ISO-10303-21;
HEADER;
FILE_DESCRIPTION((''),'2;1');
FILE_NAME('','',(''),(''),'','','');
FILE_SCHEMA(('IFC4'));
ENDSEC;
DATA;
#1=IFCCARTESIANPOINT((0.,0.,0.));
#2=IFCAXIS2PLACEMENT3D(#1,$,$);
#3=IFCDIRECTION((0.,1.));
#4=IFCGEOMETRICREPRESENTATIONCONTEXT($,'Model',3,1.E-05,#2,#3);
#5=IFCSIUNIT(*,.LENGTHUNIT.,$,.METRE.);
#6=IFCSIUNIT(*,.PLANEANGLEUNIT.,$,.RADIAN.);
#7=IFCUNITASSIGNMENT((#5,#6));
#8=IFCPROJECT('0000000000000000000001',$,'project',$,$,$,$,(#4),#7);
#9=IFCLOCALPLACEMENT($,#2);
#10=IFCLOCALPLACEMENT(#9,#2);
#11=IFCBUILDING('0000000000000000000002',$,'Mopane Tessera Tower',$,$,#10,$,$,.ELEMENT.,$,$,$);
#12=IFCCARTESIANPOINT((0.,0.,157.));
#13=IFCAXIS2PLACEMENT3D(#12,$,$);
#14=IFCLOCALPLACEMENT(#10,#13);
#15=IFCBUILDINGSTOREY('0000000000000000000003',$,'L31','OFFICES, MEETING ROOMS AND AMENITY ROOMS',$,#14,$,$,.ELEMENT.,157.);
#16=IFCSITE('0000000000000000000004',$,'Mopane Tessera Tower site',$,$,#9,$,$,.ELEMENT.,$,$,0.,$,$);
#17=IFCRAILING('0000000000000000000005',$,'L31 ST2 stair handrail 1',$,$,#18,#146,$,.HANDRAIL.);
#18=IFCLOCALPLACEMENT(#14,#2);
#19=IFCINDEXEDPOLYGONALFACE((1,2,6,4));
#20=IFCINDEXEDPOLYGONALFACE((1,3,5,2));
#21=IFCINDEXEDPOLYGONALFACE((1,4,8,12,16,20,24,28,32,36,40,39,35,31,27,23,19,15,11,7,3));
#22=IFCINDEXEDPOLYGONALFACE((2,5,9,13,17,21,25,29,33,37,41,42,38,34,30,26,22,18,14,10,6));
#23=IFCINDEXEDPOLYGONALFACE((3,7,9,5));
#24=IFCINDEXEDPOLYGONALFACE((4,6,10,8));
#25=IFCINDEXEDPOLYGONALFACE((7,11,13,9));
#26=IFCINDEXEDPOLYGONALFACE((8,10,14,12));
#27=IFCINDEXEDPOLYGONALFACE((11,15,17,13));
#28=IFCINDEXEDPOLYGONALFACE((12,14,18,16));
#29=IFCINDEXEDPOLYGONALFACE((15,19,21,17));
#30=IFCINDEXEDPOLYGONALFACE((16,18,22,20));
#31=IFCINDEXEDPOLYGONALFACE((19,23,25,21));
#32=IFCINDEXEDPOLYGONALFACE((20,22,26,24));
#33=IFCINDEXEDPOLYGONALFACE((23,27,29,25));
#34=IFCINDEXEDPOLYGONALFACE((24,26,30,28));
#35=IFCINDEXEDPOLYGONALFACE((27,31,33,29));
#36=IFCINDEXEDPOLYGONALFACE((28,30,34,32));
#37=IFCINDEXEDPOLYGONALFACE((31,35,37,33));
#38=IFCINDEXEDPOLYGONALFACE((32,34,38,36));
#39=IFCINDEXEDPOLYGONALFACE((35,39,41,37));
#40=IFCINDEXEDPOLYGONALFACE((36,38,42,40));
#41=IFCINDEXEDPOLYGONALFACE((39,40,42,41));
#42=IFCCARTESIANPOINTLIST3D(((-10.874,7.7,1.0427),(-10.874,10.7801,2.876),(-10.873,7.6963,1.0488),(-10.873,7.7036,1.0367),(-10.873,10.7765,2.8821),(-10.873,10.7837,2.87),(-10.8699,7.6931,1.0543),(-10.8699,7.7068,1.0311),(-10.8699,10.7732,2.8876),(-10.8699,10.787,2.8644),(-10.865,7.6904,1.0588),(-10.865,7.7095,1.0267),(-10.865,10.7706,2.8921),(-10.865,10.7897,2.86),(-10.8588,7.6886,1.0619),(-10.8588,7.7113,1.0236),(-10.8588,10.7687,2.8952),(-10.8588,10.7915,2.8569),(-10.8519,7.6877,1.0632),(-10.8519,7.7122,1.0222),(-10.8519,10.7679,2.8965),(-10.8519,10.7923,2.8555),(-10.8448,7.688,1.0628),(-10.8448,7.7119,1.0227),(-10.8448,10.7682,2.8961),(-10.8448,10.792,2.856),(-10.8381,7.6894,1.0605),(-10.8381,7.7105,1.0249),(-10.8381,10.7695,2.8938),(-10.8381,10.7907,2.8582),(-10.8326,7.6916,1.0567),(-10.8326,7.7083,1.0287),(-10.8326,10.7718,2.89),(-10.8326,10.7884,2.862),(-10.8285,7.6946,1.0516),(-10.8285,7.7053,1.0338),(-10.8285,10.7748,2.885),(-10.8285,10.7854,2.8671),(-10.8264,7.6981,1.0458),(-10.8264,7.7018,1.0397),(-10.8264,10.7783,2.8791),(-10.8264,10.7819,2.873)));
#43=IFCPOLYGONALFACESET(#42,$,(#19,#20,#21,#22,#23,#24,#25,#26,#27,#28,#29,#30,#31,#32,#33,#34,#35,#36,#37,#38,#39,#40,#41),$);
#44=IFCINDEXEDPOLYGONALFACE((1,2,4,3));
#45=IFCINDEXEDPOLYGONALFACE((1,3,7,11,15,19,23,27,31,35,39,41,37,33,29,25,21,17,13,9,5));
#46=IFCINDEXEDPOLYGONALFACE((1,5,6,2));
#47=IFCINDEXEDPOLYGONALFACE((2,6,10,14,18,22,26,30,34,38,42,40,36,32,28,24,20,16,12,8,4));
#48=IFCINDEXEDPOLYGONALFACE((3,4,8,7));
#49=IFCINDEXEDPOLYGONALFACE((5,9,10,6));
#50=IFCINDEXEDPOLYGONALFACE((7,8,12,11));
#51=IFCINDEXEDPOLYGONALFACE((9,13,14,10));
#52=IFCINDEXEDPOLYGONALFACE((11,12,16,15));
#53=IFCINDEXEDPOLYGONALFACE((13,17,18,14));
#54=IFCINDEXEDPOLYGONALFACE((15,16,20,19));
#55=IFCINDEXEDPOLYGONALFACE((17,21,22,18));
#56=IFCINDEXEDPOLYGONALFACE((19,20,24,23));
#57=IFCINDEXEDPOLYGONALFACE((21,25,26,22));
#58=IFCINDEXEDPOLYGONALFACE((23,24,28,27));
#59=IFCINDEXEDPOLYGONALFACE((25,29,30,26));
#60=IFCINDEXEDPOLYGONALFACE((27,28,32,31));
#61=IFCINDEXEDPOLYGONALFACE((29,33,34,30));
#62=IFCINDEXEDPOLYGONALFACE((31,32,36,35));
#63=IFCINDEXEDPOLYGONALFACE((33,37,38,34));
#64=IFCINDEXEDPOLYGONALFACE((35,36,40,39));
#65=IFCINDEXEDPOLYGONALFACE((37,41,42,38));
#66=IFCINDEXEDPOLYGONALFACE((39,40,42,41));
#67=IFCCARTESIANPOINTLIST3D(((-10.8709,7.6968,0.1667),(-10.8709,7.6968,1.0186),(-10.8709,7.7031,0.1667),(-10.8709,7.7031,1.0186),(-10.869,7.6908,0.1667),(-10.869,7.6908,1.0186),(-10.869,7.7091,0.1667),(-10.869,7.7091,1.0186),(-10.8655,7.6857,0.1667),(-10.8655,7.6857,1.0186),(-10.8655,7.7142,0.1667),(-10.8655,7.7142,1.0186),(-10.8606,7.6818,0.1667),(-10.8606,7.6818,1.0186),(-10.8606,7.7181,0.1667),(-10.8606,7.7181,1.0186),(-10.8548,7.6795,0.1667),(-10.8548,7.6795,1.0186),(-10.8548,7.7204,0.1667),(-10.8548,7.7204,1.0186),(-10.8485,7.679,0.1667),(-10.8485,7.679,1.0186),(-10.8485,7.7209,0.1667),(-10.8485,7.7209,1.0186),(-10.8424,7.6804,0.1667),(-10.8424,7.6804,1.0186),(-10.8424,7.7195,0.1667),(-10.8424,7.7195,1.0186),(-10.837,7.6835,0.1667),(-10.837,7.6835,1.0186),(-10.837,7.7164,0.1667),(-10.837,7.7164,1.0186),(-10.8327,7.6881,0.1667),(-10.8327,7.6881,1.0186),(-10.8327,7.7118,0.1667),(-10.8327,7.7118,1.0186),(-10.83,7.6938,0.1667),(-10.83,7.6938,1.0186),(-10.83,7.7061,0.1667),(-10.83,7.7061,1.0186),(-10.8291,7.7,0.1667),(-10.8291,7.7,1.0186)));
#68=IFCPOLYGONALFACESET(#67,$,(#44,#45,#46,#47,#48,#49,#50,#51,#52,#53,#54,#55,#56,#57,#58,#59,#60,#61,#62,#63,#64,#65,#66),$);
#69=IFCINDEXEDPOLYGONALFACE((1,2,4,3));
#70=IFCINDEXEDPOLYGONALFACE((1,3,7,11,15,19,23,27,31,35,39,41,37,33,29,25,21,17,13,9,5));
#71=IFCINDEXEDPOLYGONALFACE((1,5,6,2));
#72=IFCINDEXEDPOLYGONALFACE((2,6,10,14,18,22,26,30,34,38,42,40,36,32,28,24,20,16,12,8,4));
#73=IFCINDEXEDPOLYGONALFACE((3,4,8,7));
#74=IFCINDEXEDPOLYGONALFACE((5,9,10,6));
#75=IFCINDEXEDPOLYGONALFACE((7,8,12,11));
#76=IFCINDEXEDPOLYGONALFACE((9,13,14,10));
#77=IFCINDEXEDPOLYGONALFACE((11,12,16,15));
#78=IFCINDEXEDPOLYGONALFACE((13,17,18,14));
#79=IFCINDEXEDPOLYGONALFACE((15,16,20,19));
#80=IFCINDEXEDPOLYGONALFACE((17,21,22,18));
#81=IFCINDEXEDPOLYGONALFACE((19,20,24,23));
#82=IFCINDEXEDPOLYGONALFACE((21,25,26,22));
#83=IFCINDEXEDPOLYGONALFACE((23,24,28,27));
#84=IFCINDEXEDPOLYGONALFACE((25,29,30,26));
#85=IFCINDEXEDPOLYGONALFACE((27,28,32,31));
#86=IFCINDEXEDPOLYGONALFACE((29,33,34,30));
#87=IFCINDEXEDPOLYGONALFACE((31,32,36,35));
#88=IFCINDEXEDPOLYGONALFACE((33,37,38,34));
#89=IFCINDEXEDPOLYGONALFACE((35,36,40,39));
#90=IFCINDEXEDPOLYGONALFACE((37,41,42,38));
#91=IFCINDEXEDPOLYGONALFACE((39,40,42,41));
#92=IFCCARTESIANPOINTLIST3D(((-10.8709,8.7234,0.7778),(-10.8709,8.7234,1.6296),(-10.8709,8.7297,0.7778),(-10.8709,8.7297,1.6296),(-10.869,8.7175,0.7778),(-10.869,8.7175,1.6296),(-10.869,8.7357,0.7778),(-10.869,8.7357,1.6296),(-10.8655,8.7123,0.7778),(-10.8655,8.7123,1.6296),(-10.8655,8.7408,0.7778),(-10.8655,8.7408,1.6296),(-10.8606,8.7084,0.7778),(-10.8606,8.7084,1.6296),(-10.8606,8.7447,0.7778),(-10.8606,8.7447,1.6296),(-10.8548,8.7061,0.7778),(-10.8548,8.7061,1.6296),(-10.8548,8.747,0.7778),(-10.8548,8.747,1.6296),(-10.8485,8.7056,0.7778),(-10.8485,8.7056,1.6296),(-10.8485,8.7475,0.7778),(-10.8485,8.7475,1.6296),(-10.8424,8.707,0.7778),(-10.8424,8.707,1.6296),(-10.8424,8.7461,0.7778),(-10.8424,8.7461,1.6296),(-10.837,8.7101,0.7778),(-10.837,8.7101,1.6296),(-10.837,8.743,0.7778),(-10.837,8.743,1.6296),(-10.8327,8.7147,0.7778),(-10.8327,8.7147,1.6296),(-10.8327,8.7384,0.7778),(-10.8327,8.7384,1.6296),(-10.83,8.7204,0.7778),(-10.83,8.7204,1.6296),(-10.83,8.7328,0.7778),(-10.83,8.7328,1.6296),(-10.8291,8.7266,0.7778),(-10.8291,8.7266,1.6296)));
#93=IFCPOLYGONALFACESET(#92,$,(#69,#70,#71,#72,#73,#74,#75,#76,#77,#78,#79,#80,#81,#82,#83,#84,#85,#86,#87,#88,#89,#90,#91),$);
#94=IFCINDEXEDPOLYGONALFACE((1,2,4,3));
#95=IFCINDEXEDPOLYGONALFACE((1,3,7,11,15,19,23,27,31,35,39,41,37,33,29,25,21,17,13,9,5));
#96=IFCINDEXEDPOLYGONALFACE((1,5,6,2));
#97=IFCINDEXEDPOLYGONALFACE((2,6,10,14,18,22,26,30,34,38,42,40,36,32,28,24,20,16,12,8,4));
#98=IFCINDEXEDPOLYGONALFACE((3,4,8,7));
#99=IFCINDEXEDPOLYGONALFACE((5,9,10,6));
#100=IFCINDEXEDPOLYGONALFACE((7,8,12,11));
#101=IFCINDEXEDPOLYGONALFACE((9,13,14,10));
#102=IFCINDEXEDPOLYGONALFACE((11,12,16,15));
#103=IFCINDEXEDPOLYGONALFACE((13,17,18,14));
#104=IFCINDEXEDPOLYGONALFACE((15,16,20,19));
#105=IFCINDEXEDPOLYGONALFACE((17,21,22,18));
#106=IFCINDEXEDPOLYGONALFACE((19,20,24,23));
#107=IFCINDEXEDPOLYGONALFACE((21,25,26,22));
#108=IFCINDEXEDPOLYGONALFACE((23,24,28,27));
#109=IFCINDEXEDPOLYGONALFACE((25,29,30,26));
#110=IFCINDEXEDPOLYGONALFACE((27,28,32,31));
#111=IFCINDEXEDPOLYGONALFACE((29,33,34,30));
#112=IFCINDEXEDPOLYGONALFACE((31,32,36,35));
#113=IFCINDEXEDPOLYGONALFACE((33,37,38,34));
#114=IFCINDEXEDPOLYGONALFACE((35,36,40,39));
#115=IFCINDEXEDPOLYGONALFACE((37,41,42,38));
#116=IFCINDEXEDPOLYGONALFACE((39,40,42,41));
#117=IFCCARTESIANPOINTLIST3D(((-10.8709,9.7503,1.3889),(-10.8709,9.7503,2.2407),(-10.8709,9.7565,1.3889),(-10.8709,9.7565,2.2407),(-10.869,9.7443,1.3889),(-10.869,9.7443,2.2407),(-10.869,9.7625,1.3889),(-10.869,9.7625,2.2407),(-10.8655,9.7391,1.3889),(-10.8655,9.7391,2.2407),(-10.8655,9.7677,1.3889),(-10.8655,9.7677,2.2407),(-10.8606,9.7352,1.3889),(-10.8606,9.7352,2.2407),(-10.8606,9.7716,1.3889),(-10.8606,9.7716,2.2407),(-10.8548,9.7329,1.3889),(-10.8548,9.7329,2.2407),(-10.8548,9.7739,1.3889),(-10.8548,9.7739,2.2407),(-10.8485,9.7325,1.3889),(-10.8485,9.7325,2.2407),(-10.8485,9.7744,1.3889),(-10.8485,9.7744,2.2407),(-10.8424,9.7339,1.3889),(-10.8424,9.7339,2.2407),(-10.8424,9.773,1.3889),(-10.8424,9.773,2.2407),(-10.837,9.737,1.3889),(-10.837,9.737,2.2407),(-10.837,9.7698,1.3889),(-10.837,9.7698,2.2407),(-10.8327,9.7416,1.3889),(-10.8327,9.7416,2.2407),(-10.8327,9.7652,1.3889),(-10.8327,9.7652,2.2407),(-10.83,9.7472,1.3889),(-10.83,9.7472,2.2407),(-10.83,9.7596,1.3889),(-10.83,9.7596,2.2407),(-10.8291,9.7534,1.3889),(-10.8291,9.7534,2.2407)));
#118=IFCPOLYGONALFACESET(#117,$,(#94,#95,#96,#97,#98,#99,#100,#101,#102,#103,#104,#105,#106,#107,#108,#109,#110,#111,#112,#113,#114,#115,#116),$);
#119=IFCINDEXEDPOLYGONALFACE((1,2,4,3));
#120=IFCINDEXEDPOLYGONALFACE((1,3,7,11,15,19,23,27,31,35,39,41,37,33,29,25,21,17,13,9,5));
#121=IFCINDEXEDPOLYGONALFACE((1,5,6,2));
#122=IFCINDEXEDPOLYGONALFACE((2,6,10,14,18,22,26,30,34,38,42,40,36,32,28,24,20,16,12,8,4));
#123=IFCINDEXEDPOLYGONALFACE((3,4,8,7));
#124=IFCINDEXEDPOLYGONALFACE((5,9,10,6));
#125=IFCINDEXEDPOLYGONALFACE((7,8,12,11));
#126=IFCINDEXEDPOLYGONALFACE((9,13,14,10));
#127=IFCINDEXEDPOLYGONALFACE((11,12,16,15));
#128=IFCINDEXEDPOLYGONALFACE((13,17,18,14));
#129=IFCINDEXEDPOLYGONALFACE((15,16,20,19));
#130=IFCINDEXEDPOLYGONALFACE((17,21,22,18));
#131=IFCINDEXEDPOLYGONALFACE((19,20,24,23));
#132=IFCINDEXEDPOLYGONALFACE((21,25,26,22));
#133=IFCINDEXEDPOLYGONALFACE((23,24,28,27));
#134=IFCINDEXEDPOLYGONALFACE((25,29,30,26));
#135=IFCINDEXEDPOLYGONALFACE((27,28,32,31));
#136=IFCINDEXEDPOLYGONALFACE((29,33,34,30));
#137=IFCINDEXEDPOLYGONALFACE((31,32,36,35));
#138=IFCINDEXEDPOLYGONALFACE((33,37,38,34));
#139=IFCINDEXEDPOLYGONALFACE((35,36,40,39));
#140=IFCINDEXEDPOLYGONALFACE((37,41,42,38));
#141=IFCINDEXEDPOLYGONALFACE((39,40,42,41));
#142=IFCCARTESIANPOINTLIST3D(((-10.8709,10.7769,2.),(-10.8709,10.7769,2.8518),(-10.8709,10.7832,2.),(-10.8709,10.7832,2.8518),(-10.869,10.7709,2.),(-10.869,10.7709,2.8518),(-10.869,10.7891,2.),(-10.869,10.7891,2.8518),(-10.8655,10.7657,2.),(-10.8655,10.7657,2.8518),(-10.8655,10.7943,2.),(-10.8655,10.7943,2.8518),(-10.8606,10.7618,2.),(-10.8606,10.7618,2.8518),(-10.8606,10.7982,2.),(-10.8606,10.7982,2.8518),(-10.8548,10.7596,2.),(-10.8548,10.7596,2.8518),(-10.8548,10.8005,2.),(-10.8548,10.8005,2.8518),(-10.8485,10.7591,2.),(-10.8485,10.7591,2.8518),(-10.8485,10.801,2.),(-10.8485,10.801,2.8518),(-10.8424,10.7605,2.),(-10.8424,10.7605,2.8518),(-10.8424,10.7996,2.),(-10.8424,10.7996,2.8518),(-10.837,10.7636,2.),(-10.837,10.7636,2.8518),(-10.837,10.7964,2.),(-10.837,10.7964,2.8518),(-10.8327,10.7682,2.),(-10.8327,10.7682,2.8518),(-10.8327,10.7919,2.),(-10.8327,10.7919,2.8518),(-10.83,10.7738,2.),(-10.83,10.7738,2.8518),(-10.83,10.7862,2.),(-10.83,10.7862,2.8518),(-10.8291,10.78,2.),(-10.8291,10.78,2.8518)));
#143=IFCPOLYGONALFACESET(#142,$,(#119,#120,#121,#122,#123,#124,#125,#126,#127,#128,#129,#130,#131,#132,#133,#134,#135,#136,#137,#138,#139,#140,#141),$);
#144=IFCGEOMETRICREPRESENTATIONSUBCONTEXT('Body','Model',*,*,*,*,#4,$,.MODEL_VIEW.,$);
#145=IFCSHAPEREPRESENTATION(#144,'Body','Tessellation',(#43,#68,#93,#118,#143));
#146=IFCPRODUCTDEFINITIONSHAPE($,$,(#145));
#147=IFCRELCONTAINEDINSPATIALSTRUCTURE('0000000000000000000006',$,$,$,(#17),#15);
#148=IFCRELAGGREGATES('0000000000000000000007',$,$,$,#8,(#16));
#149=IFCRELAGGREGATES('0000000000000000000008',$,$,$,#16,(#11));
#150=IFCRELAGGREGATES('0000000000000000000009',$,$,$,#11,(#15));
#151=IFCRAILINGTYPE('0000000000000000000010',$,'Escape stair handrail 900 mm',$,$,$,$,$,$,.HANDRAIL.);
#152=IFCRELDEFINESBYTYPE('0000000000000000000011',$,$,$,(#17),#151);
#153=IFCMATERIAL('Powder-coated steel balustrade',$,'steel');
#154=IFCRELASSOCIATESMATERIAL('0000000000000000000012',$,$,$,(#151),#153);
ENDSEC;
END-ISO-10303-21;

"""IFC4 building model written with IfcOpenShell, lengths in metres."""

from ifc_helpers import new_model, si_unit, direction, frame, origin, origin_2d, place, context, subcontext, project, spatial, circle, extrude, material, type_object, element, save


model = new_model("IFC4")

# Units and contexts
model_context = context("Model", 3, precision=1e-05, world=origin(), true_north=direction((0.0, 1.0)))
body_context = subcontext(model_context, "Body", "Model", "MODEL_VIEW")
ifc_project = project(units=[si_unit("LENGTHUNIT", "METRE"), si_unit("PLANEANGLEUNIT", "RADIAN")], contexts=[model_context])

# Site, building, storey
site_placement = place(None, origin())
site = spatial("IfcSite", under=ifc_project, at=site_placement, Name="Mopane Tessera Tower site", CompositionType="ELEMENT", RefElevation=0.0)
building_placement = place(site_placement, origin())
building = spatial("IfcBuilding", under=site, at=building_placement, Name="Mopane Tessera Tower", CompositionType="ELEMENT")
storey_placement = place(building_placement, frame((0.0, 0.0, 157.0)))
storey = spatial("IfcBuildingStorey", under=building, at=storey_placement, Name="L31", Description="OFFICES, MEETING ROOMS AND AMENITY ROOMS", CompositionType="ELEMENT", Elevation=157.0)

# Railing
ifc_material_1 = material(Name="Powder-coated steel balustrade", Category="steel")
railing_type_1 = type_object("IfcRailingType", Name="Escape stair handrail 900 mm", PredefinedType="HANDRAIL", material=ifc_material_1)
railing_1_placement = place(storey_placement, frame((-10.8501, 7.7, 0.1667)))
element("IfcRailing", 1, at=railing_1_placement, inside=storey, type_object=railing_type_1, Name="L31 ST2 stair handrail 1", PredefinedType="HANDRAIL", context=body_context, shape_type="SweptSolid", body=[
    extrude(circle(Radius=0.0239, at=origin_2d()), frame((0.0, 0.0, 0.876), z_axis=(0.0, 0.859309, 0.511458), x_axis=(-1.0, 0.0, 0.0)), (0.0, 0.0, 1.0), 3.5845),
    extrude(circle(Radius=0.021, at=origin_2d()), origin(), (0.0, 0.0, 1.0), 0.8518),
    extrude(circle(Radius=0.021, at=origin_2d()), frame((0.0, 1.0266, 0.6111)), (0.0, 0.0, 1.0), 0.8518),
    extrude(circle(Radius=0.021, at=origin_2d()), frame((0.0, 2.0535, 1.2222)), (0.0, 0.0, 1.0), 0.8518),
    extrude(circle(Radius=0.021, at=origin_2d()), frame((0.0, 3.0801, 1.8333)), (0.0, 0.0, 1.0), 0.8518),
])

save(model, "model.ifc")
